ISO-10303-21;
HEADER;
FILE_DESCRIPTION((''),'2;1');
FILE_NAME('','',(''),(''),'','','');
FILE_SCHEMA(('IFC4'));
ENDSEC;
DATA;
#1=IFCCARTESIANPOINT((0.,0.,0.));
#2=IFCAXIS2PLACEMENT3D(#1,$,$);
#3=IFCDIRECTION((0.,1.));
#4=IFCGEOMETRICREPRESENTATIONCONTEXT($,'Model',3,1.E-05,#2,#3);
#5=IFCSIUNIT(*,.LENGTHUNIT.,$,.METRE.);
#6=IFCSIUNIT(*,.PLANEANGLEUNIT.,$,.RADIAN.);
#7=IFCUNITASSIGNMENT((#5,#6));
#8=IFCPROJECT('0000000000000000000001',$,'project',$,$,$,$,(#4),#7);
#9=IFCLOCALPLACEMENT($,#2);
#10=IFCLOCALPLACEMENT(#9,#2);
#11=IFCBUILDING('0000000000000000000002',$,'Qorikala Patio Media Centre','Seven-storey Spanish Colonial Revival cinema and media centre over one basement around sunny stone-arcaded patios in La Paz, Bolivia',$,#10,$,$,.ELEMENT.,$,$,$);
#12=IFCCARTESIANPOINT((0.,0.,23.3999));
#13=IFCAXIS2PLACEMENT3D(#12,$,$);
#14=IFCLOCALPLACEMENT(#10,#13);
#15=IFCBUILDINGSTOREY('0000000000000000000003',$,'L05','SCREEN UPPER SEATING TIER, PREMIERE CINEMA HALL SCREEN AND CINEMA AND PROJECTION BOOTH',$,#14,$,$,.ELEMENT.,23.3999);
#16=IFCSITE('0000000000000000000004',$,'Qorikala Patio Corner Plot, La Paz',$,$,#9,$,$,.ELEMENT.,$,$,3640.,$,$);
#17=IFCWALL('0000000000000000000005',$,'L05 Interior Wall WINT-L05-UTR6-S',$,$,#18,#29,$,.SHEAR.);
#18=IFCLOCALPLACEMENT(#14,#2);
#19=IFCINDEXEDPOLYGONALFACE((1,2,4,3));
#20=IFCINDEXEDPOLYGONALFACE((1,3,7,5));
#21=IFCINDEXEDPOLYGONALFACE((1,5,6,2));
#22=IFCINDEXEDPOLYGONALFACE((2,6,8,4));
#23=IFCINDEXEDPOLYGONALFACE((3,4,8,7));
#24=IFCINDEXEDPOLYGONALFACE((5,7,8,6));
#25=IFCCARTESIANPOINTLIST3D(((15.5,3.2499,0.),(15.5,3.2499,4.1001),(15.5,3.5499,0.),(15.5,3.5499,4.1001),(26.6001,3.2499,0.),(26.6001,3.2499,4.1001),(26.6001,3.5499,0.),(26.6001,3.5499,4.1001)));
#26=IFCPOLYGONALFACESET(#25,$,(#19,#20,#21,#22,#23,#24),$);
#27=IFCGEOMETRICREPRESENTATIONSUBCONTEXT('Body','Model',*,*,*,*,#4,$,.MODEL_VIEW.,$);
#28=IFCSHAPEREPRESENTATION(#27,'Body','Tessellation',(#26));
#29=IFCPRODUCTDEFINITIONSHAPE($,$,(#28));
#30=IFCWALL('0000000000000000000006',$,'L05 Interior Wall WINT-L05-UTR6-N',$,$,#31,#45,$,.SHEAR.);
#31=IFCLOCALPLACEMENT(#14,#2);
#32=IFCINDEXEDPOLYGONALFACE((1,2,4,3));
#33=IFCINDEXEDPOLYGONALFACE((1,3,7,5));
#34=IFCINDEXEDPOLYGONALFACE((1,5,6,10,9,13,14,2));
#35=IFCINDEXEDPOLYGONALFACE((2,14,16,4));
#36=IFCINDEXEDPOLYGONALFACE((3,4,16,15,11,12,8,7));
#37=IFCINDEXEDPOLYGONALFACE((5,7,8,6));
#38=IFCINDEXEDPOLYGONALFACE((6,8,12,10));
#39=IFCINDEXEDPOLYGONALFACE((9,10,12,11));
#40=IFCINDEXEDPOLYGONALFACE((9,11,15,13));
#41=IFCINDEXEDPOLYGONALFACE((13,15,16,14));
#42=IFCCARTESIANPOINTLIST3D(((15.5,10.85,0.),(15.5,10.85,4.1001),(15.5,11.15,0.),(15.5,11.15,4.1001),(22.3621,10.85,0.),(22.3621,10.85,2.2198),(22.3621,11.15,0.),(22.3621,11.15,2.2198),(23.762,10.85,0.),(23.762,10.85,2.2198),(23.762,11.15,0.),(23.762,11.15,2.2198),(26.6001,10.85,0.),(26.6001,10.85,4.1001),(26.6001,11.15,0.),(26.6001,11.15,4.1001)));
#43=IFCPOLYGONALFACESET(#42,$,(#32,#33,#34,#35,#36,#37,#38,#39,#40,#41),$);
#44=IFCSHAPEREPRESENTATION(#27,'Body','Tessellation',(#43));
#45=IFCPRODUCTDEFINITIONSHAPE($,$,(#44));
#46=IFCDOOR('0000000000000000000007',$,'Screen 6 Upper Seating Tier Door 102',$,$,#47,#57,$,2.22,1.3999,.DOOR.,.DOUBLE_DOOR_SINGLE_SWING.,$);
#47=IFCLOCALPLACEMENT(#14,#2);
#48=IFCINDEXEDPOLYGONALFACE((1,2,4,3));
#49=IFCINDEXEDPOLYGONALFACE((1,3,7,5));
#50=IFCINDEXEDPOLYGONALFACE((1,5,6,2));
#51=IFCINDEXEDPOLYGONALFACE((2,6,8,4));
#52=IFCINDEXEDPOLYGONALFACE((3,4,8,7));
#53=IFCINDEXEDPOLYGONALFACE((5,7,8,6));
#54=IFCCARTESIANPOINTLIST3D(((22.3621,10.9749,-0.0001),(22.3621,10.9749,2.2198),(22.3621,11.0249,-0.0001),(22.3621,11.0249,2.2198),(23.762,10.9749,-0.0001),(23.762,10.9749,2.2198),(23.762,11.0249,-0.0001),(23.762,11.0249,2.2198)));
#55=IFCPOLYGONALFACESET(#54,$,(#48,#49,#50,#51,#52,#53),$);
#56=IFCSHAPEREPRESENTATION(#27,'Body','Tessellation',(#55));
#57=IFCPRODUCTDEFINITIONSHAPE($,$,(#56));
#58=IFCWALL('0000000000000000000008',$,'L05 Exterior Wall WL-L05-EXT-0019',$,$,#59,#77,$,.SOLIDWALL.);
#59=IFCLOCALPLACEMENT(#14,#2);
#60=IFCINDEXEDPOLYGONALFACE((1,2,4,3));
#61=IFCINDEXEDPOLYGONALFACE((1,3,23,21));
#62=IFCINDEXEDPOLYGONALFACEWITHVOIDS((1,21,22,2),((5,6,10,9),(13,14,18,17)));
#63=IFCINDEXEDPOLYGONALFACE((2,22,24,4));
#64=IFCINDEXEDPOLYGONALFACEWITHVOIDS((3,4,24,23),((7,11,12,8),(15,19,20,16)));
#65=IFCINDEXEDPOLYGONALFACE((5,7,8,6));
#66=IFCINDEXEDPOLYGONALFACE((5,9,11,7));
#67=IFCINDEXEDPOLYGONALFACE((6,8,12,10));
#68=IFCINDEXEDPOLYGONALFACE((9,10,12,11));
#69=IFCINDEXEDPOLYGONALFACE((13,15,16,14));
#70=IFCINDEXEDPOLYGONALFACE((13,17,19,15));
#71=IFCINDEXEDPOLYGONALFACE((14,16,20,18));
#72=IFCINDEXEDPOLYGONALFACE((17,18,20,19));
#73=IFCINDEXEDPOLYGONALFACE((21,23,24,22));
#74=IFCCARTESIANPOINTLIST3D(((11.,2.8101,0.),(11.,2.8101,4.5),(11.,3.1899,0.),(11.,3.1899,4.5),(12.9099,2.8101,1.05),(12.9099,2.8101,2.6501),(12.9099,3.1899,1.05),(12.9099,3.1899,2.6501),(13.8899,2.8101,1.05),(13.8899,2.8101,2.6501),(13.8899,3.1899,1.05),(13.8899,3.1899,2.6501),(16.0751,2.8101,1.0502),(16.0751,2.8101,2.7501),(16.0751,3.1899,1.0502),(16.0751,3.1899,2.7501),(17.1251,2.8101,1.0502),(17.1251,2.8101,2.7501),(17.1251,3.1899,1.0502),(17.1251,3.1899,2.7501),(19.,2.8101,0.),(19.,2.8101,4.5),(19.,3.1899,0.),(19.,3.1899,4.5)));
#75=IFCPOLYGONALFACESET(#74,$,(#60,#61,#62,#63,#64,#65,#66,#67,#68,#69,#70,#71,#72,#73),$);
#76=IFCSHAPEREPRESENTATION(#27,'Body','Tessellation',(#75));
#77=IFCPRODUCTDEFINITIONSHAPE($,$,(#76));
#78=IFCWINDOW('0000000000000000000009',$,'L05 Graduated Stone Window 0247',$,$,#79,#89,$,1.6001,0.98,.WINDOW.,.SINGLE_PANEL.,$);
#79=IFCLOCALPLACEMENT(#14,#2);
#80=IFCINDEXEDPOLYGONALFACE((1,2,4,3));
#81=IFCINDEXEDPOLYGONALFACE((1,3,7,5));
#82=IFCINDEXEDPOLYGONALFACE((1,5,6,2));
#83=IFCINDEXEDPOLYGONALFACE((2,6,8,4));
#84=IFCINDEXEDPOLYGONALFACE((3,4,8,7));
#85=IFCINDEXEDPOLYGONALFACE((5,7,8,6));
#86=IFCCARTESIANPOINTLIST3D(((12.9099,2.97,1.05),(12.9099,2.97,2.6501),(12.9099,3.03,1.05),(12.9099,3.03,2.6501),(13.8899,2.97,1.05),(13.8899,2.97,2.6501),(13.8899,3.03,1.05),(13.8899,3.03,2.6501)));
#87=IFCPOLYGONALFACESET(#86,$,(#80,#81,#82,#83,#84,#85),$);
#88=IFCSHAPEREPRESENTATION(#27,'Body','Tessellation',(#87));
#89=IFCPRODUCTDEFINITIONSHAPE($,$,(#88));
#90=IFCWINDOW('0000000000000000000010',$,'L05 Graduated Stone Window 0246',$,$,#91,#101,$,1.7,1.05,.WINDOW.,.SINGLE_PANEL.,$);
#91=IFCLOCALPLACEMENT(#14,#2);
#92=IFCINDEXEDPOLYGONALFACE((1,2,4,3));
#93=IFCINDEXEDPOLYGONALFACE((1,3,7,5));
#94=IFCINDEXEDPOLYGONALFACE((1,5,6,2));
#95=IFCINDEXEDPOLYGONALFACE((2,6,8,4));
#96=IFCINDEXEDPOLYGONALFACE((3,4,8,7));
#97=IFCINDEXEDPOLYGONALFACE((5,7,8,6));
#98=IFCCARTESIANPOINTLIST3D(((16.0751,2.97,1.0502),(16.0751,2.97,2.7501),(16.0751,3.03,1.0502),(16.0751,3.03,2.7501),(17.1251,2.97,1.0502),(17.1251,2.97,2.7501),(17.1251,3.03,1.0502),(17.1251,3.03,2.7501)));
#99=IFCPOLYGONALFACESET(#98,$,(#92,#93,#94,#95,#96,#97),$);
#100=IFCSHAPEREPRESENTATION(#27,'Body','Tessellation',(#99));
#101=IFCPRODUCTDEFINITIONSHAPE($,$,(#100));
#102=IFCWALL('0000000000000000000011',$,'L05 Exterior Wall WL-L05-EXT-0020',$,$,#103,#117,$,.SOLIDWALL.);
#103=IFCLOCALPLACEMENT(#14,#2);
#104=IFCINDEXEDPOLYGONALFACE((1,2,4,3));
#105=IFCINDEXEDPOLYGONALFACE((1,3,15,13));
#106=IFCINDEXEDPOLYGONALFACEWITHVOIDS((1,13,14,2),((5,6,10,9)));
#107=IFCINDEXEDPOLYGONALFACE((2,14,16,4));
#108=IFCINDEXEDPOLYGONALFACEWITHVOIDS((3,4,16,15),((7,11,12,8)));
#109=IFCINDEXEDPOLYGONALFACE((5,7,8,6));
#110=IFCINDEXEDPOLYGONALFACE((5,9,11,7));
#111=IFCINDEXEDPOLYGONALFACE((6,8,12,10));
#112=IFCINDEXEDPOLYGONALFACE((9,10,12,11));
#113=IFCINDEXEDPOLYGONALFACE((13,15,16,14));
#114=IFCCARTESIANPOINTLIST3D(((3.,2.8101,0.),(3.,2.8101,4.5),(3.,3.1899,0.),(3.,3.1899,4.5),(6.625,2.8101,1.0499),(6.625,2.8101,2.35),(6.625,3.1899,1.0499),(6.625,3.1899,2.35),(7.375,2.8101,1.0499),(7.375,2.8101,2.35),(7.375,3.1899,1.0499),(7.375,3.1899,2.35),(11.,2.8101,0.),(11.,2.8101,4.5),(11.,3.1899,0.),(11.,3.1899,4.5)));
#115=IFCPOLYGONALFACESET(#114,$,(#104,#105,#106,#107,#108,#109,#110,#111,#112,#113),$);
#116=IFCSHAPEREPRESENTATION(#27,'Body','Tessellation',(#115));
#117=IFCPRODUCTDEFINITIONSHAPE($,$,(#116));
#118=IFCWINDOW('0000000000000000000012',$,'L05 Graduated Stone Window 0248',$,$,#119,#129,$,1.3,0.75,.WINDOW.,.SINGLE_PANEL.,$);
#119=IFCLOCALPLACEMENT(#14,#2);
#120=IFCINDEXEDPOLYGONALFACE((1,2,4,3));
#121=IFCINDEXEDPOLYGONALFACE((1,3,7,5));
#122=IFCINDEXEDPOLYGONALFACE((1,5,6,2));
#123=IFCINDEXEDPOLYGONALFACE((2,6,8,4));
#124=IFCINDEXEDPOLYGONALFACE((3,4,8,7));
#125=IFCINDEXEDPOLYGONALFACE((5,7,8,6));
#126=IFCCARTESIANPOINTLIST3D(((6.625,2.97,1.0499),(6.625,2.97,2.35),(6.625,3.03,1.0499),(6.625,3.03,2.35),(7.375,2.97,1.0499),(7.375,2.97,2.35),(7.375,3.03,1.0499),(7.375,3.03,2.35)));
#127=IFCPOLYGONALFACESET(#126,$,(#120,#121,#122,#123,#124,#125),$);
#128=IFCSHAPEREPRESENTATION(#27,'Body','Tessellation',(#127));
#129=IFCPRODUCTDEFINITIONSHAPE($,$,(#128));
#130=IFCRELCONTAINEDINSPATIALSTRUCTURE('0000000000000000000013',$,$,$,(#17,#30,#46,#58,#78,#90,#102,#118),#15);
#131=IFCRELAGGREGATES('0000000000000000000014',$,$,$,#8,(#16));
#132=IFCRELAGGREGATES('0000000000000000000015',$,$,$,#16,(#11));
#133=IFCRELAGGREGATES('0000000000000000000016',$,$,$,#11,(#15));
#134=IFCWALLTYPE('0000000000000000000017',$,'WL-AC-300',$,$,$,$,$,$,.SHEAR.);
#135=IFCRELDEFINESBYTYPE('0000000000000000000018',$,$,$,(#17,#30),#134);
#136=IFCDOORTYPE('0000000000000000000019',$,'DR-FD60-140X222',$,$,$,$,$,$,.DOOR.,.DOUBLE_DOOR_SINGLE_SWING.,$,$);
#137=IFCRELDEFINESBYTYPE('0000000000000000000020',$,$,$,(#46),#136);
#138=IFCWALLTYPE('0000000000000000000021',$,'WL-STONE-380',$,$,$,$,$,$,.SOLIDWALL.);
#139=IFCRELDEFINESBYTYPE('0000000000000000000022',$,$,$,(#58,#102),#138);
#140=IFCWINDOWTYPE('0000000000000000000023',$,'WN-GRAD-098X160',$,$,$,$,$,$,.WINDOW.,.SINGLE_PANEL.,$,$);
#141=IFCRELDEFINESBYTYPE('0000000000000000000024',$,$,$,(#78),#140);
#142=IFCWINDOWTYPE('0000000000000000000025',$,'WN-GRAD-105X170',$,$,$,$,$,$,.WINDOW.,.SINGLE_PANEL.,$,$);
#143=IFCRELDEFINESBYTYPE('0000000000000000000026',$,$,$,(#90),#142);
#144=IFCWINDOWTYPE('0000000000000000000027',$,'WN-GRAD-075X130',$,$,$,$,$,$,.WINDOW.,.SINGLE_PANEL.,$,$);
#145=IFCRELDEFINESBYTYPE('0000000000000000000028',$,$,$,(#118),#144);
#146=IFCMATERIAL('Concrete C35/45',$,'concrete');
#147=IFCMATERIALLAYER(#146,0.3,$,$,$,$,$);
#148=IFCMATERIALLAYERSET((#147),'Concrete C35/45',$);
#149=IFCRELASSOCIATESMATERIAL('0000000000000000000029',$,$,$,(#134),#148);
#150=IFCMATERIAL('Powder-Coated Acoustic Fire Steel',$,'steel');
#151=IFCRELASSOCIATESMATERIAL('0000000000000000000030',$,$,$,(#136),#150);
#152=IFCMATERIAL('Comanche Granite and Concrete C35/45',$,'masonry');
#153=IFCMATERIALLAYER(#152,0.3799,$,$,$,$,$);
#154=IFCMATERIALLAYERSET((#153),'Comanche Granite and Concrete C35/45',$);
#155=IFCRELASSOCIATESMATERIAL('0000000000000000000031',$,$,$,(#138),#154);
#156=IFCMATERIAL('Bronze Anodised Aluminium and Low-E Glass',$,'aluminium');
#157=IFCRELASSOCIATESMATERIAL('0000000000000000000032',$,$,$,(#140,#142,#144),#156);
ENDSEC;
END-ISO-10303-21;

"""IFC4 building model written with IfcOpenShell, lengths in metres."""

from ifc_helpers import new_model, si_unit, direction, frame, frame_2d, origin, place, context, subcontext, project, spatial, rectangle, extrude, material, layer, layer_set, type_object, element, fill, save


model = new_model("IFC4")

# Units and contexts
model_context = context("Model", 3, precision=1e-05, world=origin(), true_north=direction((0.0, 1.0)))
body_context = subcontext(model_context, "Body", "Model", "MODEL_VIEW")
ifc_project = project(units=[si_unit("LENGTHUNIT", "METRE"), si_unit("PLANEANGLEUNIT", "RADIAN")], contexts=[model_context])

# Site, building, storey
site_placement = place(None, origin())
site = spatial("IfcSite", under=ifc_project, at=site_placement, Name="Qorikala Patio Corner Plot, La Paz", CompositionType="ELEMENT", RefElevation=3640.0)
building_placement = place(site_placement, origin())
building = spatial("IfcBuilding", under=site, at=building_placement, Name="Qorikala Patio Media Centre", Description="Seven-storey Spanish Colonial Revival cinema and media centre over one basement around sunny stone-arcaded patios in La Paz, Bolivia", CompositionType="ELEMENT")
storey_placement = place(building_placement, frame((0.0, 0.0, 23.3999)))
storey = spatial("IfcBuildingStorey", under=building, at=storey_placement, Name="L05", Description="SCREEN UPPER SEATING TIER, PREMIERE CINEMA HALL SCREEN AND CINEMA AND PROJECTION BOOTH", CompositionType="ELEMENT", Elevation=23.3999)

# Shared definitions
ifc_material_1 = material(Name="Concrete C35/45", Category="concrete")

# Shared definitions
ifc_layer_1 = layer(ifc_material_1, 0.3)
ifc_layer_set_1 = layer_set([ifc_layer_1], Name="Concrete C35/45")
wall_type_1 = type_object("IfcWallType", Name="WL-AC-300", PredefinedType="SHEAR", material=ifc_layer_set_1)
ifc_material_2 = material(Name="Powder-Coated Acoustic Fire Steel", Category="steel")

# Wall
wall_1_placement = place(storey_placement, frame((15.5, 3.3999, 0.0), z_axis=(0.0, 0.0, 1.0), x_axis=(1.0, 0.0, 0.0)))
element("IfcWall", 1, at=wall_1_placement, inside=storey, type_object=wall_type_1, Name="L05 Interior Wall WINT-L05-UTR6-S", PredefinedType="SHEAR", context=body_context, shape_type="SweptSolid", body=[
    extrude(rectangle(XDim=11.1001, YDim=0.3, at=frame_2d((5.55, 0.0))), origin(), (0.0, 0.0, 1.0), 4.1001),
])

# Wall, opening, door
wall_2_placement = place(storey_placement, frame((15.5, 11.0, 0.0), z_axis=(0.0, 0.0, 1.0), x_axis=(1.0, 0.0, 0.0)))
wall_2 = element("IfcWall", 2, at=wall_2_placement, inside=storey, type_object=wall_type_1, Name="L05 Interior Wall WINT-L05-UTR6-N", PredefinedType="SHEAR", context=body_context, shape_type="SweptSolid", body=[
    extrude(rectangle(XDim=11.1001, YDim=0.3, at=frame_2d((5.55, 0.0))), origin(), (0.0, 0.0, 1.0), 4.1001),
])
opening_1_placement = place(wall_2_placement, frame((6.8621, 0.0, 0.0)))
opening_1 = element("IfcOpeningElement", 3, at=opening_1_placement, cuts=wall_2, PredefinedType="OPENING", context=body_context, shape_type="SweptSolid", body=[
    extrude(rectangle(XDim=1.3999, YDim=2.22, at=frame_2d((0.7, 1.1099))), frame((0.0, 0.1599, 0.0), z_axis=(0.0, -1.0, 0.0), x_axis=(1.0, 0.0, 0.0)), (0.0, 0.0, 1.0), 0.3201),
])
door_type_1 = type_object("IfcDoorType", Name="DR-FD60-140X222", OperationType="DOUBLE_DOOR_SINGLE_SWING", PredefinedType="DOOR", material=ifc_material_2)
door_1_placement = place(opening_1_placement, origin())
door_1 = element("IfcDoor", 4, at=door_1_placement, inside=storey, type_object=door_type_1, Name="Screen 6 Upper Seating Tier Door 102", OperationType="DOUBLE_DOOR_SINGLE_SWING", OverallHeight=2.22, OverallWidth=1.3999, PredefinedType="DOOR", context=body_context, shape_type="SweptSolid", body=[
    extrude(rectangle(XDim=1.3999, YDim=2.22, at=frame_2d((0.7, 1.1099))), frame((0.0, 0.0249, 0.0), z_axis=(0.0, -1.0, 0.0), x_axis=(1.0, 0.0, 0.0)), (0.0, 0.0, 1.0), 0.05),
])
fill(opening_1, door_1)

# Wall, openings, windows
ifc_material_3 = material(Name="Comanche Granite and Concrete C35/45", Category="masonry")
ifc_layer_2 = layer(ifc_material_3, 0.3799)
ifc_layer_set_2 = layer_set([ifc_layer_2], Name="Comanche Granite and Concrete C35/45")
wall_type_2 = type_object("IfcWallType", Name="WL-STONE-380", PredefinedType="SOLIDWALL", material=ifc_layer_set_2)
wall_3_placement = place(storey_placement, frame((19.0, 3.0, 0.0), z_axis=(0.0, 0.0, 1.0), x_axis=(-1.0, 0.0, 0.0)))
wall_3 = element("IfcWall", 5, at=wall_3_placement, inside=storey, type_object=wall_type_2, Name="L05 Exterior Wall WL-L05-EXT-0019", PredefinedType="SOLIDWALL", context=body_context, shape_type="SweptSolid", body=[
    extrude(rectangle(XDim=8.0, YDim=0.3799, at=frame_2d((4.0, 0.0))), origin(), (0.0, 0.0, 1.0), 4.5),
])
opening_2_placement = place(wall_3_placement, frame((1.875, 0.0, 1.05)))
opening_2 = element("IfcOpeningElement", 6, at=opening_2_placement, cuts=wall_3, PredefinedType="OPENING", context=body_context, shape_type="SweptSolid", body=[
    extrude(rectangle(XDim=1.05, YDim=1.7, at=frame_2d((0.5249, 0.8501))), frame((0.0, 0.2, 0.0), z_axis=(0.0, -1.0, 0.0), x_axis=(1.0, 0.0, 0.0)), (0.0, 0.0, 1.0), 0.3999),
])
opening_3_placement = place(wall_3_placement, frame((5.1101, 0.0, 1.05)))
opening_3 = element("IfcOpeningElement", 7, at=opening_3_placement, cuts=wall_3, PredefinedType="OPENING", context=body_context, shape_type="SweptSolid", body=[
    extrude(rectangle(XDim=0.98, YDim=1.6001, at=frame_2d((0.49, 0.8))), frame((0.0, 0.2, 0.0), z_axis=(0.0, -1.0, 0.0), x_axis=(1.0, 0.0, 0.0)), (0.0, 0.0, 1.0), 0.3999),
])
ifc_material_4 = material(Name="Bronze Anodised Aluminium and Low-E Glass", Category="aluminium")
window_type_1 = type_object("IfcWindowType", Name="WN-GRAD-098X160", PartitioningType="SINGLE_PANEL", PredefinedType="WINDOW", material=ifc_material_4)
window_1_placement = place(opening_3_placement, origin())
window_1 = element("IfcWindow", 8, at=window_1_placement, inside=storey, type_object=window_type_1, Name="L05 Graduated Stone Window 0247", OverallHeight=1.6001, OverallWidth=0.98, PartitioningType="SINGLE_PANEL", PredefinedType="WINDOW", context=body_context, shape_type="SweptSolid", body=[
    extrude(rectangle(XDim=0.98, YDim=1.6001, at=frame_2d((0.49, 0.8))), frame((0.0, 0.03, 0.0), z_axis=(0.0, -1.0, 0.0), x_axis=(1.0, 0.0, 0.0)), (0.0, 0.0, 1.0), 0.0601),
])
fill(opening_3, window_1)
window_type_2 = type_object("IfcWindowType", Name="WN-GRAD-105X170", PartitioningType="SINGLE_PANEL", PredefinedType="WINDOW", material=ifc_material_4)
window_2_placement = place(opening_2_placement, origin())
window_2 = element("IfcWindow", 9, at=window_2_placement, inside=storey, type_object=window_type_2, Name="L05 Graduated Stone Window 0246", OverallHeight=1.7, OverallWidth=1.05, PartitioningType="SINGLE_PANEL", PredefinedType="WINDOW", context=body_context, shape_type="SweptSolid", body=[
    extrude(rectangle(XDim=1.05, YDim=1.7, at=frame_2d((0.5249, 0.8501))), frame((0.0, 0.03, 0.0), z_axis=(0.0, -1.0, 0.0), x_axis=(1.0, 0.0, 0.0)), (0.0, 0.0, 1.0), 0.0601),
])
fill(opening_2, window_2)

# Wall, opening, window
wall_4_placement = place(storey_placement, frame((11.0, 3.0, 0.0), z_axis=(0.0, 0.0, 1.0), x_axis=(-1.0, 0.0, 0.0)))
wall_4 = element("IfcWall", 10, at=wall_4_placement, inside=storey, type_object=wall_type_2, Name="L05 Exterior Wall WL-L05-EXT-0020", PredefinedType="SOLIDWALL", context=body_context, shape_type="SweptSolid", body=[
    extrude(rectangle(XDim=8.0, YDim=0.3799, at=frame_2d((4.0, 0.0))), origin(), (0.0, 0.0, 1.0), 4.5),
])
opening_4_placement = place(wall_4_placement, frame((3.625, 0.0, 1.05)))
opening_4 = element("IfcOpeningElement", 11, at=opening_4_placement, cuts=wall_4, PredefinedType="OPENING", context=body_context, shape_type="SweptSolid", body=[
    extrude(rectangle(XDim=0.75, YDim=1.3, at=frame_2d((0.375, 0.6499))), frame((0.0, 0.2, 0.0), z_axis=(0.0, -1.0, 0.0), x_axis=(1.0, 0.0, 0.0)), (0.0, 0.0, 1.0), 0.3999),
])
window_type_3 = type_object("IfcWindowType", Name="WN-GRAD-075X130", PartitioningType="SINGLE_PANEL", PredefinedType="WINDOW", material=ifc_material_4)
window_3_placement = place(opening_4_placement, origin())
window_3 = element("IfcWindow", 12, at=window_3_placement, inside=storey, type_object=window_type_3, Name="L05 Graduated Stone Window 0248", OverallHeight=1.3, OverallWidth=0.75, PartitioningType="SINGLE_PANEL", PredefinedType="WINDOW", context=body_context, shape_type="SweptSolid", body=[
    extrude(rectangle(XDim=0.75, YDim=1.3, at=frame_2d((0.375, 0.6499))), frame((0.0, 0.03, 0.0), z_axis=(0.0, -1.0, 0.0), x_axis=(1.0, 0.0, 0.0)), (0.0, 0.0, 1.0), 0.0601),
])
fill(opening_4, window_3)

save(model, "model.ifc")
